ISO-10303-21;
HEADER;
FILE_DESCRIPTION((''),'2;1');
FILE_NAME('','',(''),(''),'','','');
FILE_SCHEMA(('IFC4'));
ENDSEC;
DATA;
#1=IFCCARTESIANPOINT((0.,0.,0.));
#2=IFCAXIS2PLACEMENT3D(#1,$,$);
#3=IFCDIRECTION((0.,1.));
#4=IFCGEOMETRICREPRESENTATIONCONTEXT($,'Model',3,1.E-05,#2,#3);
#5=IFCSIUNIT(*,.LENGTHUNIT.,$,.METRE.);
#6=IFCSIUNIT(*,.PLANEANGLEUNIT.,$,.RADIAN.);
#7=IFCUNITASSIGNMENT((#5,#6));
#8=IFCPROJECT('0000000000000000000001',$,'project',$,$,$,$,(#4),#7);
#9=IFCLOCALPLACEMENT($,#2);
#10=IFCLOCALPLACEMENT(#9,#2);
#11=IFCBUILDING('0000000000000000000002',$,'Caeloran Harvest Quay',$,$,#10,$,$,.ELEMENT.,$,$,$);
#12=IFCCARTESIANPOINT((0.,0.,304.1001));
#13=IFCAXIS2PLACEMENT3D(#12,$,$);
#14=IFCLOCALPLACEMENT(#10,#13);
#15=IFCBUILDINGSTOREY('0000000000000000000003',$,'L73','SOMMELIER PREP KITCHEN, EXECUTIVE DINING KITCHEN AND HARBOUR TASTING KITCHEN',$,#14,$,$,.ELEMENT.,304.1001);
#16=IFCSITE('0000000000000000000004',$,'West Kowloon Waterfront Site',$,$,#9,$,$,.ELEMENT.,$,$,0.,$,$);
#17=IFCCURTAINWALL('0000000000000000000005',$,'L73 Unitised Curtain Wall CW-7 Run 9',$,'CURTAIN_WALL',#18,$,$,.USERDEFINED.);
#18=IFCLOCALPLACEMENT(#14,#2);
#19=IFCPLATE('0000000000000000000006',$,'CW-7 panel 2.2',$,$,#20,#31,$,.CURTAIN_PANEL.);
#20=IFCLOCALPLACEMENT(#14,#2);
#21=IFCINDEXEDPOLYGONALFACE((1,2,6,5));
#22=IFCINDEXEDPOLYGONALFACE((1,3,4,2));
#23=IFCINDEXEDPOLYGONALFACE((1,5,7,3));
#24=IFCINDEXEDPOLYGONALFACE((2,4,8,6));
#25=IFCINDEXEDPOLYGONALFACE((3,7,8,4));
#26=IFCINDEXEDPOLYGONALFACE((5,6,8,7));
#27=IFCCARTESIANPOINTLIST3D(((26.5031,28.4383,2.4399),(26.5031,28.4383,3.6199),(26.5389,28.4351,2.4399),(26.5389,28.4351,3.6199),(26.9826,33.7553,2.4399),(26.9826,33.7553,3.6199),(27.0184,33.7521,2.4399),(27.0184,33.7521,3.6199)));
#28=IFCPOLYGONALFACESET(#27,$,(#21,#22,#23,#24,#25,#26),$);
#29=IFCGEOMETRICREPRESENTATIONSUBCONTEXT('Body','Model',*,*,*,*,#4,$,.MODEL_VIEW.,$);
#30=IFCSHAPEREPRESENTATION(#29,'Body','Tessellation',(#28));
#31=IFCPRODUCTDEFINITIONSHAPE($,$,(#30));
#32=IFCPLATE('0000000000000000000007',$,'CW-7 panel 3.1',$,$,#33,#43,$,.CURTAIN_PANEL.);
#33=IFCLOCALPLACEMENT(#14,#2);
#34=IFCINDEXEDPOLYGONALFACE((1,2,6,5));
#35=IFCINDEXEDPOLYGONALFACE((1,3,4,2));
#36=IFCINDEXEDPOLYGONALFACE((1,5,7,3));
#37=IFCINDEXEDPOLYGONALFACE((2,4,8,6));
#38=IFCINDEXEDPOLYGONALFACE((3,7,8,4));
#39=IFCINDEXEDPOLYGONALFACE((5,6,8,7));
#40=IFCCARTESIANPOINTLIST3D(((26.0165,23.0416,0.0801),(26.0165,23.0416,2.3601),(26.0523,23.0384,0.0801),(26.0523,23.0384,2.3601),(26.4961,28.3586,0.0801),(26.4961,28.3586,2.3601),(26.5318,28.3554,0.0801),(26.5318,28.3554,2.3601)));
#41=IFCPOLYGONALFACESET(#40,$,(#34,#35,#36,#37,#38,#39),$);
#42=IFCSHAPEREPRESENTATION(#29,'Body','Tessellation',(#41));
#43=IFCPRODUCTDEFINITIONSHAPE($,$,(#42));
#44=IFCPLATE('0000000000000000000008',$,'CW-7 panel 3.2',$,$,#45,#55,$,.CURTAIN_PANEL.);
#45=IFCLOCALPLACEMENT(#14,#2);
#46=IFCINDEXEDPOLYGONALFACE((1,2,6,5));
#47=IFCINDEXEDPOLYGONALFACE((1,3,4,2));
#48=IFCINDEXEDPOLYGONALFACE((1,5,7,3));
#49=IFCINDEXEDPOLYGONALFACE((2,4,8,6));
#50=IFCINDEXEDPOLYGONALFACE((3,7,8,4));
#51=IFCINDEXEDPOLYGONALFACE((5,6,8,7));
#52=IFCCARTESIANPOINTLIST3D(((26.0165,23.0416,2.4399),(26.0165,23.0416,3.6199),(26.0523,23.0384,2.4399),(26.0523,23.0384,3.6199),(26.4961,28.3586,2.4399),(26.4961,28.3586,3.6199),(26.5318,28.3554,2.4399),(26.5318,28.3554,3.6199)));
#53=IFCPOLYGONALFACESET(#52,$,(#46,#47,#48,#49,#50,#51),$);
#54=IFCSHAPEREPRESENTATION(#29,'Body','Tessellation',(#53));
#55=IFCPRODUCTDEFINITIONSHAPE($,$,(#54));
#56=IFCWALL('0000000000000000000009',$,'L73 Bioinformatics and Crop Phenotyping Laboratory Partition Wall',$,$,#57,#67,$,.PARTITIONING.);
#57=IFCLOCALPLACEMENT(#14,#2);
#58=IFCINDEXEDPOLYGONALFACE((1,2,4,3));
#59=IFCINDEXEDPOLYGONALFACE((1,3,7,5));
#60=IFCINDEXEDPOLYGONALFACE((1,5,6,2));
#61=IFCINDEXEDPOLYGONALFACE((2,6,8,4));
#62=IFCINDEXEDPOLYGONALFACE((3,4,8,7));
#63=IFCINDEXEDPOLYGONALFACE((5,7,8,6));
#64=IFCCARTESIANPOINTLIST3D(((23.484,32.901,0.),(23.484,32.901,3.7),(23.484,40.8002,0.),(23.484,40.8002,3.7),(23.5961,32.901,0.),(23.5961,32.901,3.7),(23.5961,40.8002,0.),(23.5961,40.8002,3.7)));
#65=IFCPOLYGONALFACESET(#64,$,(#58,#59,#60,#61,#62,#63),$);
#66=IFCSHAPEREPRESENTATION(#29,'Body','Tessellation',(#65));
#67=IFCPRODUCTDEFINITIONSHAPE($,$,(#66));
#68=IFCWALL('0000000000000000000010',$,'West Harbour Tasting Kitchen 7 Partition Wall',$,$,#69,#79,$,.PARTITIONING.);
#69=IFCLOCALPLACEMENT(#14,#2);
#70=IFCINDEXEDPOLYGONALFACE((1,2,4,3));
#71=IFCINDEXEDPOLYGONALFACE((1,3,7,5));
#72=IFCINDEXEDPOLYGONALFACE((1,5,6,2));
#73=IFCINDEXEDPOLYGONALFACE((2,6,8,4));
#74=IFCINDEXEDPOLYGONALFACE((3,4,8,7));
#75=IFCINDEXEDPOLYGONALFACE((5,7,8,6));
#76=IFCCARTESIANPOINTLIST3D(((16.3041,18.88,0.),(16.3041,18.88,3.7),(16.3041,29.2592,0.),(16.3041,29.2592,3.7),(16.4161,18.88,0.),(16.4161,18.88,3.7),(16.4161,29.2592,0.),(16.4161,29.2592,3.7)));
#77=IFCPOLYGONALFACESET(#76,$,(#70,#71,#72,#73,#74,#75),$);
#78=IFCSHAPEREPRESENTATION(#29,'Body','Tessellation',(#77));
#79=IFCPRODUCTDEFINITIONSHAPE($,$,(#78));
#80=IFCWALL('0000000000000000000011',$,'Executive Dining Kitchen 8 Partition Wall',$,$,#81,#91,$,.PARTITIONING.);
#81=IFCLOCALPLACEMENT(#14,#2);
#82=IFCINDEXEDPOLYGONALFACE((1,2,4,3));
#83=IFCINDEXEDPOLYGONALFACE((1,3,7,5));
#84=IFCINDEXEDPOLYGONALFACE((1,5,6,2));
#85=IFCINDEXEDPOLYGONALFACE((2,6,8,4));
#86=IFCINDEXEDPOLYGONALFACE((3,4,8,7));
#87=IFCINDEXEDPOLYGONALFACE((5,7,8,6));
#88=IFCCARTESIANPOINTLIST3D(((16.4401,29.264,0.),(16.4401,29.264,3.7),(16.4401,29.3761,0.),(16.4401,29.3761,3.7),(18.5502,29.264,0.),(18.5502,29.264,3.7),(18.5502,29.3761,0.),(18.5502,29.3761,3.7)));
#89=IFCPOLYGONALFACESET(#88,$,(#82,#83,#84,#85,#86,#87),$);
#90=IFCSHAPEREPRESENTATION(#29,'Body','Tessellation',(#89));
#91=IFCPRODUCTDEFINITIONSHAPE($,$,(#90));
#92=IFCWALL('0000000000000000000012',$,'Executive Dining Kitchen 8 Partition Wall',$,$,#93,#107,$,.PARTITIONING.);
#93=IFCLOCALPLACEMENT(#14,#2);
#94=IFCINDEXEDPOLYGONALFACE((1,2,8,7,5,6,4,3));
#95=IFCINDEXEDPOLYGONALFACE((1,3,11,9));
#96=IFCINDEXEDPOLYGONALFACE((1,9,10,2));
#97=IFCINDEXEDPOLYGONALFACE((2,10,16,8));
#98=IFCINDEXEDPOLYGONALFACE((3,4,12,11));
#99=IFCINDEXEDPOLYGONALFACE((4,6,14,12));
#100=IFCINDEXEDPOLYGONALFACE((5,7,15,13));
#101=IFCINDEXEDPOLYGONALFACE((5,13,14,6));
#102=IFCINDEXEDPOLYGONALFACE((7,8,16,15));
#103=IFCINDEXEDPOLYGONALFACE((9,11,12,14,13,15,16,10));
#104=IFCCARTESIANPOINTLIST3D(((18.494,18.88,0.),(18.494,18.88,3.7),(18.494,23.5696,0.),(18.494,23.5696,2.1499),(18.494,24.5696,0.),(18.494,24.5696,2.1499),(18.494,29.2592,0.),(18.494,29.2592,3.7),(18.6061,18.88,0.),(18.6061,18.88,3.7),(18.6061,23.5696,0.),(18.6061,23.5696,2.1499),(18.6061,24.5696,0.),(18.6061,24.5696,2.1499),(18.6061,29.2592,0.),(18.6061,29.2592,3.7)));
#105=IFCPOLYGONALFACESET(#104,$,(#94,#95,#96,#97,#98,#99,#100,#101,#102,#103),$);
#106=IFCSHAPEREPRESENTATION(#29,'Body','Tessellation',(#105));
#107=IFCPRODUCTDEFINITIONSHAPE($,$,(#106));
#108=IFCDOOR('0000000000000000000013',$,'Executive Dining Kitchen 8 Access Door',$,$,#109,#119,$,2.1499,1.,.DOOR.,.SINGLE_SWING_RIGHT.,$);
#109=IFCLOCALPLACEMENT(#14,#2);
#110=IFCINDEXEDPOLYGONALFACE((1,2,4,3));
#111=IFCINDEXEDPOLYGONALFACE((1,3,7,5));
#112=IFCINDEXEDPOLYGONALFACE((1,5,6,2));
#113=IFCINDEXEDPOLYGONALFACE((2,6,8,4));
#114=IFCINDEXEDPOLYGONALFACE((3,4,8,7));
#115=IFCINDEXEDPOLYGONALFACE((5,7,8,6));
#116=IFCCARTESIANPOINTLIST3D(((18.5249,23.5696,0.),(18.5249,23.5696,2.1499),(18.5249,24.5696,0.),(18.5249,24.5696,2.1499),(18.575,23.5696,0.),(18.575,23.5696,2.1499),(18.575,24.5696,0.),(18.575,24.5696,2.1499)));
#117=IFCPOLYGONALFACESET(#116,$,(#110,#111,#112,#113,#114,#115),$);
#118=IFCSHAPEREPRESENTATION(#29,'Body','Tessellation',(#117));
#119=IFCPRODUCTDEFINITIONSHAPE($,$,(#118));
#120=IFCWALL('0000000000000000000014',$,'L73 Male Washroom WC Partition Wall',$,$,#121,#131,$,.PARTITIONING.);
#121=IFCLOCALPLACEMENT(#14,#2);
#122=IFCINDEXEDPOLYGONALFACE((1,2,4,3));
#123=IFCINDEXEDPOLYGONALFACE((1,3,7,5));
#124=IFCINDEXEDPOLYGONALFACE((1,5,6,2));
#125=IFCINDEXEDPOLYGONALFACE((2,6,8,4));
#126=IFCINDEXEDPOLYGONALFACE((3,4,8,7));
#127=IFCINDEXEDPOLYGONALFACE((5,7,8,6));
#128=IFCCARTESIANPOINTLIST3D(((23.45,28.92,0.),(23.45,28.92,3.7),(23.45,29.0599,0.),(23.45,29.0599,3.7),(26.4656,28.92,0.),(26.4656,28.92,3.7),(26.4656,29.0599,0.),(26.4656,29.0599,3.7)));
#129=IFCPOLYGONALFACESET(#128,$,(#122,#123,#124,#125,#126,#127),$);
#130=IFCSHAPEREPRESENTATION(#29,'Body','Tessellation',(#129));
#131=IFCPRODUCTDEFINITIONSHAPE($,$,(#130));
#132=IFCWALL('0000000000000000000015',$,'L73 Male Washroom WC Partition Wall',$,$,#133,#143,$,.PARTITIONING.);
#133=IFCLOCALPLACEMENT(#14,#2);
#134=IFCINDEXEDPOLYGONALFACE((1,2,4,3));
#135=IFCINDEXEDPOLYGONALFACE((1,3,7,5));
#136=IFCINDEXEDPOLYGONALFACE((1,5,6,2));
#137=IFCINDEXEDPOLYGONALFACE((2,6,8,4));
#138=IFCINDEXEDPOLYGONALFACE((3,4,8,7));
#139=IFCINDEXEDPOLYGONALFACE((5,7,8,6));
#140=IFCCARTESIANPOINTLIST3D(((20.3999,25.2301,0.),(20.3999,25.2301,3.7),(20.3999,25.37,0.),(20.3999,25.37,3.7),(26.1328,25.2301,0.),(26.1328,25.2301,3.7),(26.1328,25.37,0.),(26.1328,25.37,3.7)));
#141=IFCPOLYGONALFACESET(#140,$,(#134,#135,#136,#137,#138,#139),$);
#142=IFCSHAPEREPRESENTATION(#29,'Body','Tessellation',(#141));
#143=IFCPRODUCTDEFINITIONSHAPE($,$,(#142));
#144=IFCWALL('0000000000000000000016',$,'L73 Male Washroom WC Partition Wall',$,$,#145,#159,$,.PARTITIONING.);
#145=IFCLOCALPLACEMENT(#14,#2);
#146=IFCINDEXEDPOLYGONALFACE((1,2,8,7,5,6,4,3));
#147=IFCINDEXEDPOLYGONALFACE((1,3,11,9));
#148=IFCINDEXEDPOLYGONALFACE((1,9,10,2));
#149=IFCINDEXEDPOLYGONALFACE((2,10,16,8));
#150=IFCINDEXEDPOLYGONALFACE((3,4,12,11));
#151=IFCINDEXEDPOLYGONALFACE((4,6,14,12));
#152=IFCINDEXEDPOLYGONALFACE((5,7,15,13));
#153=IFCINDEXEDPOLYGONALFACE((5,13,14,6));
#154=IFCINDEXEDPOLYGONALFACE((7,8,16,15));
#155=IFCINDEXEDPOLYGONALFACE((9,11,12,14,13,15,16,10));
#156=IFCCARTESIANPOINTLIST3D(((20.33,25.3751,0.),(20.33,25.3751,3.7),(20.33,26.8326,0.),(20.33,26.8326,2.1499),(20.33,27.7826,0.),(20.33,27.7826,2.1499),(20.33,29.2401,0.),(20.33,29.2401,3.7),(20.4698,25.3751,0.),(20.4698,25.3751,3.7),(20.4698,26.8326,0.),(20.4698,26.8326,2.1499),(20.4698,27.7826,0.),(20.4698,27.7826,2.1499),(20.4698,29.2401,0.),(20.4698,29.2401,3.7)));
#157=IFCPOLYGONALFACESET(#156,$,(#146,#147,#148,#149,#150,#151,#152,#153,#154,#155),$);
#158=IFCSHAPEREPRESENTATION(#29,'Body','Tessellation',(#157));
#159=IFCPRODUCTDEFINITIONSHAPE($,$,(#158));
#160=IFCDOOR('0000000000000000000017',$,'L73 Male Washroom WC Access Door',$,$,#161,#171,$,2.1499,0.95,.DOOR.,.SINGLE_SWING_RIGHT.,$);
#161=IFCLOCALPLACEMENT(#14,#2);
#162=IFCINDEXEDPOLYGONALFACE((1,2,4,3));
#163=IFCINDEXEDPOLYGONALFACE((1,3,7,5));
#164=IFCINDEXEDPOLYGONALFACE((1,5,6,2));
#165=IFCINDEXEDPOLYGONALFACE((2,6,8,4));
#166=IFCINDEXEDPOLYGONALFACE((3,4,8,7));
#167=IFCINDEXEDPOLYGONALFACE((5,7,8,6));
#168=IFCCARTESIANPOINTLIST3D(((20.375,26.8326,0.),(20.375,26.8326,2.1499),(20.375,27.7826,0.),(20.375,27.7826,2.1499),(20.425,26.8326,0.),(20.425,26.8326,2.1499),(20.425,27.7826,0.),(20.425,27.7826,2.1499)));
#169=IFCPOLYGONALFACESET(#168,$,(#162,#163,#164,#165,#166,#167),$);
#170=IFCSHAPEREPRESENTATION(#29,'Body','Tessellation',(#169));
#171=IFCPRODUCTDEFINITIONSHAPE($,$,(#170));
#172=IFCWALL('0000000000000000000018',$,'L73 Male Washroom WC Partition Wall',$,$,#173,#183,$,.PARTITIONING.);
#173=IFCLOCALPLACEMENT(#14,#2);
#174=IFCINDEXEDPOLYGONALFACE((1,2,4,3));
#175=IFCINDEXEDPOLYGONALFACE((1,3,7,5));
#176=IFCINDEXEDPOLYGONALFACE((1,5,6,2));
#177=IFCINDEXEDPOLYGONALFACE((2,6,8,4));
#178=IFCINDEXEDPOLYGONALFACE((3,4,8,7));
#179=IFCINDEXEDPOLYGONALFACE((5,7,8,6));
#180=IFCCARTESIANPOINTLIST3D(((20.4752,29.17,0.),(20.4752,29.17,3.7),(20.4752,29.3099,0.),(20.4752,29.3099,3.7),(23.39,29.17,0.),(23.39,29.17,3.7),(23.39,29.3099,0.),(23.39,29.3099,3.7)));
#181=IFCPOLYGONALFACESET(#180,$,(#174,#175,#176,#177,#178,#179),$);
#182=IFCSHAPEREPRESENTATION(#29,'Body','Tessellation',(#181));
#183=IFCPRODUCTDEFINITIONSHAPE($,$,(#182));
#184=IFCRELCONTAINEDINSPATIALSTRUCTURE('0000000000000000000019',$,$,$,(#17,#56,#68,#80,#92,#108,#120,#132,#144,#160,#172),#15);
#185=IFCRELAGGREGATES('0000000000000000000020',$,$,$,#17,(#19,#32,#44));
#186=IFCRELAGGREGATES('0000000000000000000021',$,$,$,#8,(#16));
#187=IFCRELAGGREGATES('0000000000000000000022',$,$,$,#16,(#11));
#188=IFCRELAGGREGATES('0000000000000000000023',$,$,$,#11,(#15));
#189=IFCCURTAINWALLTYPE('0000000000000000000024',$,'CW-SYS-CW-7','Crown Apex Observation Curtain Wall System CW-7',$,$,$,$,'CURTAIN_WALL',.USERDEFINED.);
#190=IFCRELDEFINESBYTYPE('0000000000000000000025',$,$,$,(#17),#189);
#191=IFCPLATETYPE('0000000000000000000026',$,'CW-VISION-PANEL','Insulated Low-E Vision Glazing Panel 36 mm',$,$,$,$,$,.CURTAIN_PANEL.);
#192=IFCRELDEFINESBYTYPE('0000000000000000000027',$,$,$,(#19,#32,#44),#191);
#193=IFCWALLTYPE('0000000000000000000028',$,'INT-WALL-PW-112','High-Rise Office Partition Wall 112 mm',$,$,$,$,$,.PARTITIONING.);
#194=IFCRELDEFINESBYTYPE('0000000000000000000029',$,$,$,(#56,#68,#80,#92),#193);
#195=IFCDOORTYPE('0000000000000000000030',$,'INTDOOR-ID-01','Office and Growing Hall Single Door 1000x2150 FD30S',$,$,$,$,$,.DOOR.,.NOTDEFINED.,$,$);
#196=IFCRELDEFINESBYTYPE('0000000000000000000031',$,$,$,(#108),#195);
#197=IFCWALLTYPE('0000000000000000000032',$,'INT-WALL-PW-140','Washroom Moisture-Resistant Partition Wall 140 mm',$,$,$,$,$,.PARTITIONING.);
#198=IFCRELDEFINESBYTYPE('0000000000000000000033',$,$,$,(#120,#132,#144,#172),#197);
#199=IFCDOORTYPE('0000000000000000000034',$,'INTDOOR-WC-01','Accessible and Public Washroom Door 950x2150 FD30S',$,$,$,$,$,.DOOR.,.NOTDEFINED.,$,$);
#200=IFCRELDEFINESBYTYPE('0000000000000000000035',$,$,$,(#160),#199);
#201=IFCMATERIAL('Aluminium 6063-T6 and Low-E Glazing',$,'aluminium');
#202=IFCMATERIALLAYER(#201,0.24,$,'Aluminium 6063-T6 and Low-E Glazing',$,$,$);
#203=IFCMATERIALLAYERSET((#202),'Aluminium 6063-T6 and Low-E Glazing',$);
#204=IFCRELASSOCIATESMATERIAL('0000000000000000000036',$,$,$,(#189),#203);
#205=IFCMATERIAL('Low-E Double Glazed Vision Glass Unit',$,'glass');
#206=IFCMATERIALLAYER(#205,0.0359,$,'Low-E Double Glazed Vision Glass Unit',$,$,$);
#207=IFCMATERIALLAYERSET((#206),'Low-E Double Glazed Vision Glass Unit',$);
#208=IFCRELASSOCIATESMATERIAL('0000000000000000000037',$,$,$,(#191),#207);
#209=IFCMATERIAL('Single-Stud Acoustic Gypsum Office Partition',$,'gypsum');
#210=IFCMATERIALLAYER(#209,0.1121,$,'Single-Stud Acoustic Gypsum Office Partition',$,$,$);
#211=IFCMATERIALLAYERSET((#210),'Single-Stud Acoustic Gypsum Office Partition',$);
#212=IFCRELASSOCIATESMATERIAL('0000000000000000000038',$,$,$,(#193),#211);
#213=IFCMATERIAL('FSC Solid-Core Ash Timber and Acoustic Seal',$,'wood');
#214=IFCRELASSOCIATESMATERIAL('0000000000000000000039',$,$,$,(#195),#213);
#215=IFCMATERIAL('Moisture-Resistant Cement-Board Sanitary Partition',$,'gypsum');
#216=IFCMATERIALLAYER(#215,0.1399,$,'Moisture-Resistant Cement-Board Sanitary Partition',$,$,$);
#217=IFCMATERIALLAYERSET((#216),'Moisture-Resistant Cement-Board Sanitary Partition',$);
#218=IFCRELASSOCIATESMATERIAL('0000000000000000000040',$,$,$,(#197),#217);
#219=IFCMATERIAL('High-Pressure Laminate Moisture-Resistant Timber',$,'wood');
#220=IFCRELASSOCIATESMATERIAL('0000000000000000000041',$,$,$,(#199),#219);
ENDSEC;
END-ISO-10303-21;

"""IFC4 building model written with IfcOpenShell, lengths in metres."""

from ifc_helpers import new_model, si_unit, direction, frame, frame_2d, origin, origin_2d, place, context, subcontext, project, spatial, rectangle, extrude, material, layer, layer_set, type_object, element, fill, aggregate, save


model = new_model("IFC4")

# Units and contexts
model_context = context("Model", 3, precision=1e-05, world=origin(), true_north=direction((0.0, 1.0)))
body_context = subcontext(model_context, "Body", "Model", "MODEL_VIEW")
ifc_project = project(units=[si_unit("LENGTHUNIT", "METRE"), si_unit("PLANEANGLEUNIT", "RADIAN")], contexts=[model_context])

# Site, building, storey
site_placement = place(None, origin())
site = spatial("IfcSite", under=ifc_project, at=site_placement, Name="West Kowloon Waterfront Site", CompositionType="ELEMENT", RefElevation=0.0)
building_placement = place(site_placement, origin())
building = spatial("IfcBuilding", under=site, at=building_placement, Name="Caeloran Harvest Quay", CompositionType="ELEMENT")
storey_placement = place(building_placement, frame((0.0, 0.0, 304.1001)))
storey = spatial("IfcBuildingStorey", under=building, at=storey_placement, Name="L73", Description="SOMMELIER PREP KITCHEN, EXECUTIVE DINING KITCHEN AND HARBOUR TASTING KITCHEN", CompositionType="ELEMENT", Elevation=304.1001)

# Curtain wall, plates
ifc_material_1 = material(Name="Aluminium 6063-T6 and Low-E Glazing", Category="aluminium")
ifc_layer_1 = layer(ifc_material_1, 0.24, Name="Aluminium 6063-T6 and Low-E Glazing")
ifc_layer_set_1 = layer_set([ifc_layer_1], Name="Aluminium 6063-T6 and Low-E Glazing")
curtain_wall_type = type_object("IfcCurtainWallType", Name="CW-SYS-CW-7", Description="Crown Apex Observation Curtain Wall System CW-7", ElementType="CURTAIN_WALL", PredefinedType="USERDEFINED", material=ifc_layer_set_1)
curtain_wall_placement = place(storey_placement, origin())
curtain_wall = element("IfcCurtainWall", 1, at=curtain_wall_placement, inside=storey, type_object=curtain_wall_type, Name="L73 Unitised Curtain Wall CW-7 Run 9", ObjectType="CURTAIN_WALL", PredefinedType="USERDEFINED")
ifc_material_2 = material(Name="Low-E Double Glazed Vision Glass Unit", Category="glass")
ifc_layer_2 = layer(ifc_material_2, 0.0359, Name="Low-E Double Glazed Vision Glass Unit")
ifc_layer_set_2 = layer_set([ifc_layer_2], Name="Low-E Double Glazed Vision Glass Unit")
plate_type = type_object("IfcPlateType", Name="CW-VISION-PANEL", Description="Insulated Low-E Vision Glazing Panel 36 mm", PredefinedType="CURTAIN_PANEL", material=ifc_layer_set_2)
plate_1_placement = place(storey_placement, frame((26.7607, 31.0952, 2.4399), z_axis=(0.0, 0.0, 1.0), x_axis=(-0.089821, -0.995958, 0.0)))
plate_1 = element("IfcPlate", 2, at=plate_1_placement, type_object=plate_type, Name="CW-7 panel 2.2", PredefinedType="CURTAIN_PANEL", context=body_context, shape_type="SweptSolid", body=[
    extrude(rectangle(XDim=5.3386, YDim=0.0359, at=origin_2d()), origin(), (0.0, 0.0, 1.0), 1.1799),
])
plate_2_placement = place(storey_placement, frame((26.2742, 25.6985, 0.0801), z_axis=(0.0, 0.0, 1.0), x_axis=(-0.089821, -0.995958, 0.0)))
plate_2 = element("IfcPlate", 3, at=plate_2_placement, type_object=plate_type, Name="CW-7 panel 3.1", PredefinedType="CURTAIN_PANEL", context=body_context, shape_type="SweptSolid", body=[
    extrude(rectangle(XDim=5.3386, YDim=0.0359, at=origin_2d()), origin(), (0.0, 0.0, 1.0), 2.28),
])
plate_3_placement = place(storey_placement, frame((26.2742, 25.6985, 2.4399), z_axis=(0.0, 0.0, 1.0), x_axis=(-0.089821, -0.995958, 0.0)))
plate_3 = element("IfcPlate", 4, at=plate_3_placement, type_object=plate_type, Name="CW-7 panel 3.2", PredefinedType="CURTAIN_PANEL", context=body_context, shape_type="SweptSolid", body=[
    extrude(rectangle(XDim=5.3386, YDim=0.0359, at=origin_2d()), origin(), (0.0, 0.0, 1.0), 1.1799),
])
aggregate(curtain_wall, [plate_1, plate_2, plate_3])

# Shared definitions
ifc_material_3 = material(Name="Single-Stud Acoustic Gypsum Office Partition", Category="gypsum")
ifc_layer_3 = layer(ifc_material_3, 0.1121, Name="Single-Stud Acoustic Gypsum Office Partition")
ifc_layer_set_3 = layer_set([ifc_layer_3], Name="Single-Stud Acoustic Gypsum Office Partition")
wall_type_1 = type_object("IfcWallType", Name="INT-WALL-PW-112", Description="High-Rise Office Partition Wall 112 mm", PredefinedType="PARTITIONING", material=ifc_layer_set_3)
ifc_material_4 = material(Name="FSC Solid-Core Ash Timber and Acoustic Seal", Category="wood")
door_type_1 = type_object("IfcDoorType", Name="INTDOOR-ID-01", Description="Office and Growing Hall Single Door 1000x2150 FD30S", OperationType="NOTDEFINED", PredefinedType="DOOR", material=ifc_material_4)

# Walls
wall_1_placement = place(storey_placement, frame((23.54, 32.9009, 0.0), z_axis=(0.0, 0.0, 1.0), x_axis=(0.0, 1.0, 0.0)))
element("IfcWall", 5, at=wall_1_placement, inside=storey, type_object=wall_type_1, Name="L73 Bioinformatics and Crop Phenotyping Laboratory Partition Wall", PredefinedType="PARTITIONING", context=body_context, shape_type="SweptSolid", body=[
    extrude(rectangle(XDim=7.8992, YDim=0.1121, at=frame_2d((3.9497, 0.0))), origin(), (0.0, 0.0, 1.0), 3.7),
])
wall_2_placement = place(storey_placement, frame((16.3601, 29.259, 0.0), z_axis=(0.0, 0.0, 1.0), x_axis=(0.0, -1.0, 0.0)))
element("IfcWall", 6, at=wall_2_placement, inside=storey, type_object=wall_type_1, Name="West Harbour Tasting Kitchen 7 Partition Wall", PredefinedType="PARTITIONING", context=body_context, shape_type="SweptSolid", body=[
    extrude(rectangle(XDim=10.3792, YDim=0.1121, at=frame_2d((5.1895, 0.0))), origin(), (0.0, 0.0, 1.0), 3.7),
])
wall_3_placement = place(storey_placement, frame((16.4399, 29.3201, 0.0), z_axis=(0.0, 0.0, 1.0), x_axis=(1.0, 0.0, 0.0)))
element("IfcWall", 7, at=wall_3_placement, inside=storey, type_object=wall_type_1, Name="Executive Dining Kitchen 8 Partition Wall", PredefinedType="PARTITIONING", context=body_context, shape_type="SweptSolid", body=[
    extrude(rectangle(XDim=2.1101, YDim=0.1121, at=frame_2d((1.0552, 0.0))), origin(), (0.0, 0.0, 1.0), 3.7),
])

# Wall, opening, door
wall_4_placement = place(storey_placement, frame((18.55, 29.259, 0.0), z_axis=(0.0, 0.0, 1.0), x_axis=(0.0, -1.0, 0.0)))
wall_4 = element("IfcWall", 8, at=wall_4_placement, inside=storey, type_object=wall_type_1, Name="Executive Dining Kitchen 8 Partition Wall", PredefinedType="PARTITIONING", context=body_context, shape_type="SweptSolid", body=[
    extrude(rectangle(XDim=10.3792, YDim=0.1121, at=frame_2d((5.1895, 0.0))), origin(), (0.0, 0.0, 1.0), 3.7),
])
opening_1_placement = place(wall_4_placement, frame((4.6895, 0.0, 0.0)))
opening_1 = element("IfcOpeningElement", 9, at=opening_1_placement, cuts=wall_4, PredefinedType="OPENING", context=body_context, shape_type="SweptSolid", body=[
    extrude(rectangle(XDim=1.0, YDim=2.1499, at=frame_2d((0.5, 1.075))), frame((0.0, 0.0659, 0.0), z_axis=(0.0, -1.0, 0.0), x_axis=(1.0, 0.0, 0.0)), (0.0, 0.0, 1.0), 0.1321),
])
door_1_placement = place(opening_1_placement, origin())
door_1 = element("IfcDoor", 10, at=door_1_placement, inside=storey, type_object=door_type_1, Name="Executive Dining Kitchen 8 Access Door", OperationType="SINGLE_SWING_RIGHT", OverallHeight=2.1499, OverallWidth=1.0, PredefinedType="DOOR", context=body_context, shape_type="SweptSolid", body=[
    extrude(rectangle(XDim=1.0, YDim=2.1499, at=frame_2d((0.5, 1.075))), frame((0.0, 0.0249, 0.0), z_axis=(0.0, -1.0, 0.0), x_axis=(1.0, 0.0, 0.0)), (0.0, 0.0, 1.0), 0.05),
])
fill(opening_1, door_1)

# Walls
ifc_material_5 = material(Name="Moisture-Resistant Cement-Board Sanitary Partition", Category="gypsum")
ifc_layer_4 = layer(ifc_material_5, 0.1399, Name="Moisture-Resistant Cement-Board Sanitary Partition")
ifc_layer_set_4 = layer_set([ifc_layer_4], Name="Moisture-Resistant Cement-Board Sanitary Partition")
wall_type_2 = type_object("IfcWallType", Name="INT-WALL-PW-140", Description="Washroom Moisture-Resistant Partition Wall 140 mm", PredefinedType="PARTITIONING", material=ifc_layer_set_4)
wall_5_placement = place(storey_placement, frame((23.45, 28.99, 0.0), z_axis=(0.0, 0.0, 1.0), x_axis=(1.0, 0.0, 0.0)))
element("IfcWall", 11, at=wall_5_placement, inside=storey, type_object=wall_type_2, Name="L73 Male Washroom WC Partition Wall", PredefinedType="PARTITIONING", context=body_context, shape_type="SweptSolid", body=[
    extrude(rectangle(XDim=3.0156, YDim=0.1399, at=frame_2d((1.5078, 0.0))), origin(), (0.0, 0.0, 1.0), 3.7),
])
wall_6_placement = place(storey_placement, frame((26.1328, 25.3, 0.0), z_axis=(0.0, 0.0, 1.0), x_axis=(-1.0, 0.0, 0.0)))
element("IfcWall", 12, at=wall_6_placement, inside=storey, type_object=wall_type_2, Name="L73 Male Washroom WC Partition Wall", PredefinedType="PARTITIONING", context=body_context, shape_type="SweptSolid", body=[
    extrude(rectangle(XDim=5.7329, YDim=0.1399, at=frame_2d((2.8665, 0.0))), origin(), (0.0, 0.0, 1.0), 3.7),
])

# Wall, opening, door
wall_7_placement = place(storey_placement, frame((20.3999, 25.375, 0.0), z_axis=(0.0, 0.0, 1.0), x_axis=(0.0, 1.0, 0.0)))
wall_7 = element("IfcWall", 13, at=wall_7_placement, inside=storey, type_object=wall_type_2, Name="L73 Male Washroom WC Partition Wall", PredefinedType="PARTITIONING", context=body_context, shape_type="SweptSolid", body=[
    extrude(rectangle(XDim=3.865, YDim=0.1399, at=frame_2d((1.9326, 0.0))), origin(), (0.0, 0.0, 1.0), 3.7),
])
opening_2_placement = place(wall_7_placement, frame((1.4575, 0.0, 0.0)))
opening_2 = element("IfcOpeningElement", 14, at=opening_2_placement, cuts=wall_7, PredefinedType="OPENING", context=body_context, shape_type="SweptSolid", body=[
    extrude(rectangle(XDim=0.95, YDim=2.1499, at=frame_2d((0.4751, 1.075))), frame((0.0, 0.0801, 0.0), z_axis=(0.0, -1.0, 0.0), x_axis=(1.0, 0.0, 0.0)), (0.0, 0.0, 1.0), 0.1599),
])
ifc_material_6 = material(Name="High-Pressure Laminate Moisture-Resistant Timber", Category="wood")
door_type_2 = type_object("IfcDoorType", Name="INTDOOR-WC-01", Description="Accessible and Public Washroom Door 950x2150 FD30S", OperationType="NOTDEFINED", PredefinedType="DOOR", material=ifc_material_6)
door_2_placement = place(opening_2_placement, origin())
door_2 = element("IfcDoor", 15, at=door_2_placement, inside=storey, type_object=door_type_2, Name="L73 Male Washroom WC Access Door", OperationType="SINGLE_SWING_RIGHT", OverallHeight=2.1499, OverallWidth=0.95, PredefinedType="DOOR", context=body_context, shape_type="SweptSolid", body=[
    extrude(rectangle(XDim=0.95, YDim=2.1499, at=frame_2d((0.4751, 1.075))), frame((0.0, 0.0249, 0.0), z_axis=(0.0, -1.0, 0.0), x_axis=(1.0, 0.0, 0.0)), (0.0, 0.0, 1.0), 0.05),
])
fill(opening_2, door_2)

# Wall
wall_8_placement = place(storey_placement, frame((20.4751, 29.24, 0.0), z_axis=(0.0, 0.0, 1.0), x_axis=(1.0, 0.0, 0.0)))
element("IfcWall", 16, at=wall_8_placement, inside=storey, type_object=wall_type_2, Name="L73 Male Washroom WC Partition Wall", PredefinedType="PARTITIONING", context=body_context, shape_type="SweptSolid", body=[
    extrude(rectangle(XDim=2.9148, YDim=0.1399, at=frame_2d((1.4575, 0.0))), origin(), (0.0, 0.0, 1.0), 3.7),
])

save(model, "model.ifc")
